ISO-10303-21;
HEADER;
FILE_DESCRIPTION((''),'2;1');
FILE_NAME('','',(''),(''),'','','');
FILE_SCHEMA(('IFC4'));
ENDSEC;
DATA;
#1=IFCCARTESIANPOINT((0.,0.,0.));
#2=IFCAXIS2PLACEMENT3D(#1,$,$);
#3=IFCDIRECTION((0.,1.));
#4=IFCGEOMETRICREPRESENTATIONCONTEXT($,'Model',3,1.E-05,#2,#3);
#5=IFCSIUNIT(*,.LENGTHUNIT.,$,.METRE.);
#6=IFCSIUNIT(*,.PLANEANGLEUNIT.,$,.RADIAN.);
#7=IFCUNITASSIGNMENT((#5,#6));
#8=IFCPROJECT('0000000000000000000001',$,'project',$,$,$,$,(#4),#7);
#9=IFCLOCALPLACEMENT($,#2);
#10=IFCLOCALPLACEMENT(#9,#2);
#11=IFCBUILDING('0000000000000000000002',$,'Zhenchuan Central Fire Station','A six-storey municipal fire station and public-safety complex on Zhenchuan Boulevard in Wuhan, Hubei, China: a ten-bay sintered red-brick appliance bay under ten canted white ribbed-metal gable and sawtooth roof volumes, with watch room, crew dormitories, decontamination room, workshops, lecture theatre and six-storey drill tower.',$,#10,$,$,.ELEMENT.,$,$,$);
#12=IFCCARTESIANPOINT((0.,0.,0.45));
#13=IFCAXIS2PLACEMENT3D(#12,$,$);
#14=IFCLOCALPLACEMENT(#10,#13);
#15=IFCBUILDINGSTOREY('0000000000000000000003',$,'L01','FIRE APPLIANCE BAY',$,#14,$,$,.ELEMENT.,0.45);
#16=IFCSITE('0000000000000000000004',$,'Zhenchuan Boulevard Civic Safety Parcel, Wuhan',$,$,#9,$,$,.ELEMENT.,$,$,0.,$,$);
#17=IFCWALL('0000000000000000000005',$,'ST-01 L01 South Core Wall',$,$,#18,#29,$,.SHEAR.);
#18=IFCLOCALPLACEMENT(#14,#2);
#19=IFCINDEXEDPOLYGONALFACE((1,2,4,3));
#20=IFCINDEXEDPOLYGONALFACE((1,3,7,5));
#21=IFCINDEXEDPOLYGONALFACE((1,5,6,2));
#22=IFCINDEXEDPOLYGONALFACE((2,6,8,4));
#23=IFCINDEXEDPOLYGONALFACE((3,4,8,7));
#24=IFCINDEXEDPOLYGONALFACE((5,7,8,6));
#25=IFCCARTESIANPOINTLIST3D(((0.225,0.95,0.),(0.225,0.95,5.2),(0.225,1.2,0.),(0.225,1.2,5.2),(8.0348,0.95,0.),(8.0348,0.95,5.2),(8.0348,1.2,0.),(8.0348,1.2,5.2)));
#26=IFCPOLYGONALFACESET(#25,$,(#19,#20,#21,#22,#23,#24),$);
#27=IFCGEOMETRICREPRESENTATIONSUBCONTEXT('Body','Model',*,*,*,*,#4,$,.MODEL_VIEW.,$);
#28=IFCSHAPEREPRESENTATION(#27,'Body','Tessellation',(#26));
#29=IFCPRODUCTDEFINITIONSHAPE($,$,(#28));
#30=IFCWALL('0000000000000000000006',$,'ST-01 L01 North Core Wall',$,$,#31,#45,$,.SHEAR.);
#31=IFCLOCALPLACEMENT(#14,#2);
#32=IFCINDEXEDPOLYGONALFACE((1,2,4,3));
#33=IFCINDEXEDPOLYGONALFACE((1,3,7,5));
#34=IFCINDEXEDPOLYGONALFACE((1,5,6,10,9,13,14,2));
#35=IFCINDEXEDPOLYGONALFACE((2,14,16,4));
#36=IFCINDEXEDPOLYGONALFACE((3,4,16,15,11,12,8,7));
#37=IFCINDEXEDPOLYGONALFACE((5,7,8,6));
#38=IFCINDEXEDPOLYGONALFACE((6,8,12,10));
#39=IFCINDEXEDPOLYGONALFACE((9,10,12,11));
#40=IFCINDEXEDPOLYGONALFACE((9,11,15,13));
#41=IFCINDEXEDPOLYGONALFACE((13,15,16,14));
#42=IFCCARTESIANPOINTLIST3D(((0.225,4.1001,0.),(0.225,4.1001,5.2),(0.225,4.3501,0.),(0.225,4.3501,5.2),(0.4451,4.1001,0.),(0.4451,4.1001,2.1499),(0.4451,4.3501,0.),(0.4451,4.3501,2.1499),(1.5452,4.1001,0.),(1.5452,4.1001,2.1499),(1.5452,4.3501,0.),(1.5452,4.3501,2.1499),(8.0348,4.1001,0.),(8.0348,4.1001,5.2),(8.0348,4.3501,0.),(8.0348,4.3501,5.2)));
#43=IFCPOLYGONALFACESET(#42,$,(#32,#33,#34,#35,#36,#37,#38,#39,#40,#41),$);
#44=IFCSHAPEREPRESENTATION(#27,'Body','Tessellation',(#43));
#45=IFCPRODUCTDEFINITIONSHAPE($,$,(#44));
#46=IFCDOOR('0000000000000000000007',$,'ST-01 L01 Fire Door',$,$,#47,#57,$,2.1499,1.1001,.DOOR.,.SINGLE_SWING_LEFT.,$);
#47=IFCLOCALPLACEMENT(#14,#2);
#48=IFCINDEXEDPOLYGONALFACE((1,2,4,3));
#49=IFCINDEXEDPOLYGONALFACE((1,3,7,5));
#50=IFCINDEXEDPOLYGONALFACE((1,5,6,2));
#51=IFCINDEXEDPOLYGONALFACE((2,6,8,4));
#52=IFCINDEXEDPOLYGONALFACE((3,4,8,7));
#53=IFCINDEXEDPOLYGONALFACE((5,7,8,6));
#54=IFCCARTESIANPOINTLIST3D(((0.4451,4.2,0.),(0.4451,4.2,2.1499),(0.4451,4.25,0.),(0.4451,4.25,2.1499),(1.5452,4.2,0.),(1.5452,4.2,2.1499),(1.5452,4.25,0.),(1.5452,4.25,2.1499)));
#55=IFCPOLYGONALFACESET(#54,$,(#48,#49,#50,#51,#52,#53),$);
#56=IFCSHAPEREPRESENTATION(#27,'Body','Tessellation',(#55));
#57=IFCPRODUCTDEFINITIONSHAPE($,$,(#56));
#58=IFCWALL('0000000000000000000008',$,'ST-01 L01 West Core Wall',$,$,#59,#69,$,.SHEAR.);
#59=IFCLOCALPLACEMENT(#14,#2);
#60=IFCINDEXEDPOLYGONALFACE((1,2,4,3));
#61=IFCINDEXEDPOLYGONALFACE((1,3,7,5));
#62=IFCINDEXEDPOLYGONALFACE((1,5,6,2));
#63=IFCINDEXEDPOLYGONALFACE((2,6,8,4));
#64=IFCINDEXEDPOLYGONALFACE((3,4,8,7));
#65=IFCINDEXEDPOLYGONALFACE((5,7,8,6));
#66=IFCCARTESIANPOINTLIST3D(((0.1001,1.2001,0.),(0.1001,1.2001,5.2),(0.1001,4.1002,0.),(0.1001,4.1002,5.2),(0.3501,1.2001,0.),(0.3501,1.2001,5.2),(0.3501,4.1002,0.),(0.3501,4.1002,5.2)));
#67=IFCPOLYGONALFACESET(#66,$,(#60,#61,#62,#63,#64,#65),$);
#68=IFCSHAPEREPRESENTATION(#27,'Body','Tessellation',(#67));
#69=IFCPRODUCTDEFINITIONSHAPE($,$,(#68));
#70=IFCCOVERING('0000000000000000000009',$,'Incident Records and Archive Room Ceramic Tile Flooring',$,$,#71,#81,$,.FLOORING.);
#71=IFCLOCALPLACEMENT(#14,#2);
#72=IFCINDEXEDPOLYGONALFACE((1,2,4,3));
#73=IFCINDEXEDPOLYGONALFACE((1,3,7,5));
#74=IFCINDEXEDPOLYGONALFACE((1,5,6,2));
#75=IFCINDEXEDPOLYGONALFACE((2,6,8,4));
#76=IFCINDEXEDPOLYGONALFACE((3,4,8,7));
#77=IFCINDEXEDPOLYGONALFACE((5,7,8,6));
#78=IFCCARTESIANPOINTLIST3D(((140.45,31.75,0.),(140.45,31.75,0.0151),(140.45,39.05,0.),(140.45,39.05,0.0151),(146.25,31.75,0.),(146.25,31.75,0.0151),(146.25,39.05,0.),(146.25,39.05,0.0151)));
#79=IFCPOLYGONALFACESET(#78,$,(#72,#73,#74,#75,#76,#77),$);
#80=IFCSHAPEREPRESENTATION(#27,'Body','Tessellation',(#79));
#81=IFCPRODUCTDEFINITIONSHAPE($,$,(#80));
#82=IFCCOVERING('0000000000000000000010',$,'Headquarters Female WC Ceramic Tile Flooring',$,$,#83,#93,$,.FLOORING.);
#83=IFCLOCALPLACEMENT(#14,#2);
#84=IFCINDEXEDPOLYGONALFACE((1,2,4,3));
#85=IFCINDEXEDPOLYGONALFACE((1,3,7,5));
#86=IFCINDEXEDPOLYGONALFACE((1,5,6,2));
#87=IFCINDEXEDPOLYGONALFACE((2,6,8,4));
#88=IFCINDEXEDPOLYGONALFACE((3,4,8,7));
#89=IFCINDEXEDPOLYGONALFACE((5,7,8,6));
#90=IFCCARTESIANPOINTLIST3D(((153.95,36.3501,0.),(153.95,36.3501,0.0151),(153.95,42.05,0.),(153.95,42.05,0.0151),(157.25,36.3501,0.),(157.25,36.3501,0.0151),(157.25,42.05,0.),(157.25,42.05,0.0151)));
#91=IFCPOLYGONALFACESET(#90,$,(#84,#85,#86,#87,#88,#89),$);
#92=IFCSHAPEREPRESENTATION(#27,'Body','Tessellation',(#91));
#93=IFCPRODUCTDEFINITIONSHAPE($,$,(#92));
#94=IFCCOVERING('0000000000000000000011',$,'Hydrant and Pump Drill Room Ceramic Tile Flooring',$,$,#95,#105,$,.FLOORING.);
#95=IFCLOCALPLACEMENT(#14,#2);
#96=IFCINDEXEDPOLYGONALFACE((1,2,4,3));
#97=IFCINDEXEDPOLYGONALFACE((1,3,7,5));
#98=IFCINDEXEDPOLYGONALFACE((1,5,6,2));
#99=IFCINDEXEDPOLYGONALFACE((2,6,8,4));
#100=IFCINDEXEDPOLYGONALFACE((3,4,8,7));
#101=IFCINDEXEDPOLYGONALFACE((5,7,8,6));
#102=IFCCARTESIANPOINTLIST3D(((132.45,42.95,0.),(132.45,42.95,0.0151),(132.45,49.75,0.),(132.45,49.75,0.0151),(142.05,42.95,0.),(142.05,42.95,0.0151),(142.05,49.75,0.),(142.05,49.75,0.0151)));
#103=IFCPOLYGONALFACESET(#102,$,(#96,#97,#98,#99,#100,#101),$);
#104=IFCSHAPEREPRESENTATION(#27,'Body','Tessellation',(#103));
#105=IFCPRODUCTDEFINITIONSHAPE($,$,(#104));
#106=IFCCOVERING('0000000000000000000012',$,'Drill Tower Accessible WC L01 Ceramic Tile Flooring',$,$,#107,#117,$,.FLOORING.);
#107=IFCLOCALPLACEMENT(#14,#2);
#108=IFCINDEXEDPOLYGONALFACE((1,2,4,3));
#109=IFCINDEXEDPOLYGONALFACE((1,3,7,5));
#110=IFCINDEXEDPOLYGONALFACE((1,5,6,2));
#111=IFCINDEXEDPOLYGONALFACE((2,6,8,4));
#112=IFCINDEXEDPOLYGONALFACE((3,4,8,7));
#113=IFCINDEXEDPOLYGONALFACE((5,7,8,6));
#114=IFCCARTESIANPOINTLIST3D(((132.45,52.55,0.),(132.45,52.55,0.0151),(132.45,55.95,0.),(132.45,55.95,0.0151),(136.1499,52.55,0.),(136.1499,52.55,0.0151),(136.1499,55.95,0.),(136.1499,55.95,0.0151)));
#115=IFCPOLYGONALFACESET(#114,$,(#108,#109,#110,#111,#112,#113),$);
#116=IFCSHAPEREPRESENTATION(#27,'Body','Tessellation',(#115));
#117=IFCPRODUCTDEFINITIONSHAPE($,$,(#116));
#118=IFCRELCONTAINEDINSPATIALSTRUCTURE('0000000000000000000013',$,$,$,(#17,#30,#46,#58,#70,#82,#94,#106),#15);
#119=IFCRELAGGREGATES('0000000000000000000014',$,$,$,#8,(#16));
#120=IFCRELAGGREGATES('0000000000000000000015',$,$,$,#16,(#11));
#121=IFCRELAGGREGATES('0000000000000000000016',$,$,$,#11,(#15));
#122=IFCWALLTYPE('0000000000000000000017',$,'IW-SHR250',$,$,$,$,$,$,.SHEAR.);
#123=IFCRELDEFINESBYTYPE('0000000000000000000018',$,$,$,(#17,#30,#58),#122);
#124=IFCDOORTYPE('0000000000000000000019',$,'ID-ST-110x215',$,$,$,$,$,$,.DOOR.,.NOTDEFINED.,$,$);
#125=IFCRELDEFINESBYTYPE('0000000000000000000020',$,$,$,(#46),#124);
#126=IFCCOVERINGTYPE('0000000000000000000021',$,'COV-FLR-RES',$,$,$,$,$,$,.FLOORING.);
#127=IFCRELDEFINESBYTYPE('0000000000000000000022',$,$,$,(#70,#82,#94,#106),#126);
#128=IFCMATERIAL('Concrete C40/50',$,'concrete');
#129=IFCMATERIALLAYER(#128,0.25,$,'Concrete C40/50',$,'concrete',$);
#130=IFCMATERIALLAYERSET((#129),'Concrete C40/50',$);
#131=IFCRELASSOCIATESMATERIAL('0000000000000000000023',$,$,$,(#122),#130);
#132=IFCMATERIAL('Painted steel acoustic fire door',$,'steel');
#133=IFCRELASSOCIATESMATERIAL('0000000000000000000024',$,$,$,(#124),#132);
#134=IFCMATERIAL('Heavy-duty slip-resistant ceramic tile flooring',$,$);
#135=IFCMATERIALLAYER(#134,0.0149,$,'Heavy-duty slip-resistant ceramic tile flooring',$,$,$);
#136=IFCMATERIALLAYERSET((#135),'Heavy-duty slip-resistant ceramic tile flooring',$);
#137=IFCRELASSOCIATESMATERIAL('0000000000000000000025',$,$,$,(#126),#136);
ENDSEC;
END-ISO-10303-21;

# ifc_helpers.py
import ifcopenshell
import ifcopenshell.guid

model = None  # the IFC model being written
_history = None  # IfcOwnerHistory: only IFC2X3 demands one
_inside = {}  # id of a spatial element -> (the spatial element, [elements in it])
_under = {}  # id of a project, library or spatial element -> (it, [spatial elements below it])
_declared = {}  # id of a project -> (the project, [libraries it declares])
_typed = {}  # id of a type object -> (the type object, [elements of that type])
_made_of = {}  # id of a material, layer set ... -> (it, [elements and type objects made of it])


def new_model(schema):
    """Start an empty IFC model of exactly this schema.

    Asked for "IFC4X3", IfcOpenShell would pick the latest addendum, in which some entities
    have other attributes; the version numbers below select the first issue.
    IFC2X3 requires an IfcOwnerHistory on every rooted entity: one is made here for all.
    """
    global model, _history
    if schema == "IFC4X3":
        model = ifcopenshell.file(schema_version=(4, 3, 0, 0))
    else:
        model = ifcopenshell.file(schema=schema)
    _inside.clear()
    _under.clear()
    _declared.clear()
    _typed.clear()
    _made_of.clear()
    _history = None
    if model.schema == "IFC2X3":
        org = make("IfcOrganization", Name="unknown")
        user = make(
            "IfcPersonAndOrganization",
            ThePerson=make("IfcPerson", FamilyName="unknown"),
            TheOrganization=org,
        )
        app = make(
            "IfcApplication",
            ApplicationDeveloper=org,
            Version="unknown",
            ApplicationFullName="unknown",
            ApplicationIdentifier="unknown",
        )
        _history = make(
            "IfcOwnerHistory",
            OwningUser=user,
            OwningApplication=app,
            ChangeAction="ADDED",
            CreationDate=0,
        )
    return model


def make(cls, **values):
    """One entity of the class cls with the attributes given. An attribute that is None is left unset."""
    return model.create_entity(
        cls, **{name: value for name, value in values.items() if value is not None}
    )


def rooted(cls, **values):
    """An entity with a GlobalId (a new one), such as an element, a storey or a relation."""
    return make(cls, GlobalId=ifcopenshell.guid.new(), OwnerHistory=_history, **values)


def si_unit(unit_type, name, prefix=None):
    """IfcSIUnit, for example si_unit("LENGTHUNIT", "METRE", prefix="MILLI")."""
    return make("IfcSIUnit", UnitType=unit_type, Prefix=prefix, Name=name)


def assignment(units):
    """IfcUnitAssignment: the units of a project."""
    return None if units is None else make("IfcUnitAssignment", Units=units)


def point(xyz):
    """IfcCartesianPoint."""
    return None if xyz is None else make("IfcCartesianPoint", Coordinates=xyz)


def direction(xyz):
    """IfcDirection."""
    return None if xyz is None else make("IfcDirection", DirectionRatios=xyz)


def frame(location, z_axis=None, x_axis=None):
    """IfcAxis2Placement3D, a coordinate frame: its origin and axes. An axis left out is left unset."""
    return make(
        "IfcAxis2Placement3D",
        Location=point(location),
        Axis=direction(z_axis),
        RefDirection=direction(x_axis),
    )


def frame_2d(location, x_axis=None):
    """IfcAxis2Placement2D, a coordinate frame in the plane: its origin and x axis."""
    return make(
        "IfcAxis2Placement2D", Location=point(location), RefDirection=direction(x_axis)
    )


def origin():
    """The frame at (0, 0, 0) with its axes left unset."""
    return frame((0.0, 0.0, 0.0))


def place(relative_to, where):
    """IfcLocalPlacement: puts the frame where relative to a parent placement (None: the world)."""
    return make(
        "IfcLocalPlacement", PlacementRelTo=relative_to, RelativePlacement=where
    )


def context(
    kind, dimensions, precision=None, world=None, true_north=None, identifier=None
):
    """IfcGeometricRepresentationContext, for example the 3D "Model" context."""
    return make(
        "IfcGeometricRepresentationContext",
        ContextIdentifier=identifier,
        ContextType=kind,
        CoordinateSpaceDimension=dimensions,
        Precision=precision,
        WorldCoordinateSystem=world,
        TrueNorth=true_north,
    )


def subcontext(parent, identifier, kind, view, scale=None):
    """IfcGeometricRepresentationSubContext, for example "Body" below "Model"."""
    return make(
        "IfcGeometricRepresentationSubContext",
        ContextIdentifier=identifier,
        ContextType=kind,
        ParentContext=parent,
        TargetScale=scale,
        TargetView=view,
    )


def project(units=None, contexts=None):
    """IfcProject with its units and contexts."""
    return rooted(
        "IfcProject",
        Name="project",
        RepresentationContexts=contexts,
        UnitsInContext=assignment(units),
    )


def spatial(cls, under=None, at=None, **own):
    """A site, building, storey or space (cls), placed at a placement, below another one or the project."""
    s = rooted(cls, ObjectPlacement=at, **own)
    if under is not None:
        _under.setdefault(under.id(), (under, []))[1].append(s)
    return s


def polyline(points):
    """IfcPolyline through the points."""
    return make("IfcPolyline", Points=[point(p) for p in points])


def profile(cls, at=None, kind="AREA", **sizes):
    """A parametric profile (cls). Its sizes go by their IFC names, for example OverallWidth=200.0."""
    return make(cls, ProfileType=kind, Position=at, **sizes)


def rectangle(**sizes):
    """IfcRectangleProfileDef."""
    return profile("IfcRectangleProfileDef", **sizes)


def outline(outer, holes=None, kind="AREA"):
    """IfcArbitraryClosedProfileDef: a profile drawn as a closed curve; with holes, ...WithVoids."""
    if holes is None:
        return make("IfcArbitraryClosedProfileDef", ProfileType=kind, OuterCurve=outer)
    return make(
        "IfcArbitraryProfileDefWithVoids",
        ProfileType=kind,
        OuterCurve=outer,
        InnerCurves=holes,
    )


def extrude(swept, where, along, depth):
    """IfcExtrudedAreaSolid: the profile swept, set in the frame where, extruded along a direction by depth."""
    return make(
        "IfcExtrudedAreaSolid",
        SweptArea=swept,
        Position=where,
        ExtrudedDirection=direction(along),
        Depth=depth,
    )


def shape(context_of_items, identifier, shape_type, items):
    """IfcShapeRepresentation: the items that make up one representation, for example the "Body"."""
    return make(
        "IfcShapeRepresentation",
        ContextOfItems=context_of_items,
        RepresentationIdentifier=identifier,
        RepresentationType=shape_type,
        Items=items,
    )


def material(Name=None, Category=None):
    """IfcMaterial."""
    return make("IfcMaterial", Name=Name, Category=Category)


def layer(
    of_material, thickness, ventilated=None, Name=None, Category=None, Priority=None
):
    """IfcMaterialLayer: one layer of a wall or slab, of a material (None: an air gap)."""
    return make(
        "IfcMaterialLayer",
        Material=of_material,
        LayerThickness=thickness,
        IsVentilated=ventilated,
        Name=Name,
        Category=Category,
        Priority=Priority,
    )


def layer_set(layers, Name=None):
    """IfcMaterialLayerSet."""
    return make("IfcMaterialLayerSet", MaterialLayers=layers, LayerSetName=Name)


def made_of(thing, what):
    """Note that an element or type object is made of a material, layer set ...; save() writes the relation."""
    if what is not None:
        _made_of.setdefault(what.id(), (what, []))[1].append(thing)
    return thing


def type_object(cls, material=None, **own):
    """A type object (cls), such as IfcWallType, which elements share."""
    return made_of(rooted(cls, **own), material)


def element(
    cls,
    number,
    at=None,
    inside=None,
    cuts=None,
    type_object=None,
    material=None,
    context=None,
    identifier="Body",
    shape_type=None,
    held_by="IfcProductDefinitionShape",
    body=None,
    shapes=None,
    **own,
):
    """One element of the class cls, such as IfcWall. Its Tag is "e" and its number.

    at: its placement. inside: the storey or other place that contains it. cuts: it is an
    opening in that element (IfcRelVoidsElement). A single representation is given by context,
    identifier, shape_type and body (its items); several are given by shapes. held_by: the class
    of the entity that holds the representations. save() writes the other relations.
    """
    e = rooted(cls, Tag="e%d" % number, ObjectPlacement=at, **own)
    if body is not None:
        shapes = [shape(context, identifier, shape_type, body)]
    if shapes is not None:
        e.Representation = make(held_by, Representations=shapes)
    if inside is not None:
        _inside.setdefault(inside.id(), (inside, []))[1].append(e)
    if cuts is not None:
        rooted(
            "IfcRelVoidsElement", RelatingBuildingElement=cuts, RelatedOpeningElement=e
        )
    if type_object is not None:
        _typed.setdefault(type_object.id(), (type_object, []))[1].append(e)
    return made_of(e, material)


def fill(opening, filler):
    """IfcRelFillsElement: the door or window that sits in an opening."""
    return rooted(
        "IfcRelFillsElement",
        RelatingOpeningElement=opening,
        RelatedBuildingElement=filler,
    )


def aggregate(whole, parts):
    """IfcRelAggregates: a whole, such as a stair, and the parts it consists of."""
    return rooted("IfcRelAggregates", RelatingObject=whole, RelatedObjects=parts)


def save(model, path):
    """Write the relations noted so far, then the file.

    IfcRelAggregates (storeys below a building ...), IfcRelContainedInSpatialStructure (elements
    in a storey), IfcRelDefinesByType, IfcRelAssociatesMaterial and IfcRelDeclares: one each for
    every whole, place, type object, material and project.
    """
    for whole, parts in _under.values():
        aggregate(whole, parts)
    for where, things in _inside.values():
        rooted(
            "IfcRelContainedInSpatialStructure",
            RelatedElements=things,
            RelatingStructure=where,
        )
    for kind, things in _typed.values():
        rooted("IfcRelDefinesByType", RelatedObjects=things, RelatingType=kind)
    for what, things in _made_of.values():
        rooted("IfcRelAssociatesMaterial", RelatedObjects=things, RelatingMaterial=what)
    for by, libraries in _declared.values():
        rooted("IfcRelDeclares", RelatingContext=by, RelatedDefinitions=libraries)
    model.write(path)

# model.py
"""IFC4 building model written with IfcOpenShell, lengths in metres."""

from ifc_helpers import new_model, si_unit, direction, frame, frame_2d, origin, place, context, subcontext, project, spatial, polyline, rectangle, outline, extrude, material, layer, layer_set, type_object, element, fill, save


model = new_model("IFC4")

# Units and contexts
model_context = context("Model", 3, precision=1e-05, world=origin(), true_north=direction((0.0, 1.0)))
body_context = subcontext(model_context, "Body", "Model", "MODEL_VIEW")
ifc_project = project(units=[si_unit("LENGTHUNIT", "METRE"), si_unit("PLANEANGLEUNIT", "RADIAN")], contexts=[model_context])

# Site, building, storey
site_placement = place(None, origin())
site = spatial("IfcSite", under=ifc_project, at=site_placement, Name="Zhenchuan Boulevard Civic Safety Parcel, Wuhan", CompositionType="ELEMENT", RefElevation=0.0)
building_placement = place(site_placement, origin())
building = spatial("IfcBuilding", under=site, at=building_placement, Name="Zhenchuan Central Fire Station", Description="A six-storey municipal fire station and public-safety complex on Zhenchuan Boulevard in Wuhan, Hubei, China: a ten-bay sintered red-brick appliance bay under ten canted white ribbed-metal gable and sawtooth roof volumes, with watch room, crew dormitories, decontamination room, workshops, lecture theatre and six-storey drill tower.", CompositionType="ELEMENT")
storey_placement = place(building_placement, frame((0.0, 0.0, 0.45)))
storey = spatial("IfcBuildingStorey", under=building, at=storey_placement, Name="L01", Description="FIRE APPLIANCE BAY", CompositionType="ELEMENT", Elevation=0.45)

# Shared definitions
ifc_material_1 = material(Name="Concrete C40/50", Category="concrete")

# Wall
ifc_layer_1 = layer(ifc_material_1, 0.25, Name="Concrete C40/50", Category="concrete")
ifc_layer_set_1 = layer_set([ifc_layer_1], Name="Concrete C40/50")
wall_type_1 = type_object("IfcWallType", Name="IW-SHR250", PredefinedType="SHEAR", material=ifc_layer_set_1)
wall_1_placement = place(storey_placement, frame((0.2251, 1.075, 0.0), z_axis=(0.0, 0.0, 1.0), x_axis=(1.0, 0.0, 0.0)))
element("IfcWall", 1, at=wall_1_placement, inside=storey, type_object=wall_type_1, Name="ST-01 L01 South Core Wall", PredefinedType="SHEAR", context=body_context, shape_type="SweptSolid", body=[
    extrude(rectangle(XDim=7.8098, YDim=0.25, at=frame_2d((3.9048, 0.0))), origin(), (0.0, 0.0, 1.0), 5.2),
])

# Wall, opening, door
wall_2_placement = place(storey_placement, frame((0.2251, 4.2251, 0.0), z_axis=(0.0, 0.0, 1.0), x_axis=(1.0, 0.0, 0.0)))
wall_2 = element("IfcWall", 2, at=wall_2_placement, inside=storey, type_object=wall_type_1, Name="ST-01 L01 North Core Wall", PredefinedType="SHEAR", context=body_context, shape_type="SweptSolid", body=[
    extrude(rectangle(XDim=7.8098, YDim=0.25, at=frame_2d((3.9048, 0.0))), origin(), (0.0, 0.0, 1.0), 5.2),
])
opening_1_placement = place(wall_2_placement, frame((0.22, 0.0, 0.0)))
opening_1 = element("IfcOpeningElement", 3, at=opening_1_placement, cuts=wall_2, PredefinedType="OPENING", context=body_context, shape_type="SweptSolid", body=[
    extrude(rectangle(XDim=1.1001, YDim=2.1499, at=frame_2d((0.55, 1.075))), frame((0.0, 0.135, 0.0), z_axis=(0.0, -1.0, 0.0), x_axis=(1.0, 0.0, 0.0)), (0.0, 0.0, 1.0), 0.27),
])
ifc_material_2 = material(Name="Painted steel acoustic fire door", Category="steel")
door_type_1 = type_object("IfcDoorType", Name="ID-ST-110x215", OperationType="NOTDEFINED", PredefinedType="DOOR", material=ifc_material_2)
door_1_placement = place(opening_1_placement, origin())
door_1 = element("IfcDoor", 4, at=door_1_placement, inside=storey, type_object=door_type_1, Name="ST-01 L01 Fire Door", OperationType="SINGLE_SWING_LEFT", OverallHeight=2.1499, OverallWidth=1.1001, PredefinedType="DOOR", context=body_context, shape_type="SweptSolid", body=[
    extrude(rectangle(XDim=1.1001, YDim=2.1499, at=frame_2d((0.55, 1.075))), frame((0.0, 0.0249, 0.0), z_axis=(0.0, -1.0, 0.0), x_axis=(1.0, 0.0, 0.0)), (0.0, 0.0, 1.0), 0.05),
])
fill(opening_1, door_1)

# Wall
wall_3_placement = place(storey_placement, frame((0.2251, 1.2, 0.0), z_axis=(0.0, 0.0, 1.0), x_axis=(0.0, 1.0, 0.0)))
element("IfcWall", 5, at=wall_3_placement, inside=storey, type_object=wall_type_1, Name="ST-01 L01 West Core Wall", PredefinedType="SHEAR", context=body_context, shape_type="SweptSolid", body=[
    extrude(rectangle(XDim=2.9001, YDim=0.25, at=frame_2d((1.4502, 0.0))), origin(), (0.0, 0.0, 1.0), 5.2),
])

# Coverings
ifc_material_3 = material(Name="Heavy-duty slip-resistant ceramic tile flooring")
ifc_layer_2 = layer(ifc_material_3, 0.0149, Name="Heavy-duty slip-resistant ceramic tile flooring")
ifc_layer_set_2 = layer_set([ifc_layer_2], Name="Heavy-duty slip-resistant ceramic tile flooring")
covering_type = type_object("IfcCoveringType", Name="COV-FLR-RES", PredefinedType="FLOORING", material=ifc_layer_set_2)
covering_1_placement = place(storey_placement, origin())
element("IfcCovering", 6, at=covering_1_placement, inside=storey, type_object=covering_type, Name="Incident Records and Archive Room Ceramic Tile Flooring", PredefinedType="FLOORING", context=body_context, shape_type="SweptSolid", body=[
    extrude(outline(polyline([(140.45, 31.75), (146.25, 31.75), (146.25, 39.05), (140.45, 39.05), (140.45, 31.75)])), origin(), (0.0, 0.0, 1.0), 0.0151),
])
covering_2_placement = place(storey_placement, origin())
element("IfcCovering", 7, at=covering_2_placement, inside=storey, type_object=covering_type, Name="Headquarters Female WC Ceramic Tile Flooring", PredefinedType="FLOORING", context=body_context, shape_type="SweptSolid", body=[
    extrude(outline(polyline([(153.95, 36.3501), (157.25, 36.3501), (157.25, 42.05), (153.95, 42.05), (153.95, 36.3501)])), origin(), (0.0, 0.0, 1.0), 0.0151),
])
covering_3_placement = place(storey_placement, origin())
element("IfcCovering", 8, at=covering_3_placement, inside=storey, type_object=covering_type, Name="Hydrant and Pump Drill Room Ceramic Tile Flooring", PredefinedType="FLOORING", context=body_context, shape_type="SweptSolid", body=[
    extrude(outline(polyline([(132.45, 42.95), (142.05, 42.95), (142.05, 49.75), (132.45, 49.75), (132.45, 42.95)])), origin(), (0.0, 0.0, 1.0), 0.0151),
])
covering_4_placement = place(storey_placement, origin())
element("IfcCovering", 9, at=covering_4_placement, inside=storey, type_object=covering_type, Name="Drill Tower Accessible WC L01 Ceramic Tile Flooring", PredefinedType="FLOORING", context=body_context, shape_type="SweptSolid", body=[
    extrude(outline(polyline([(132.45, 52.55), (136.1499, 52.55), (136.1499, 55.95), (132.45, 55.95), (132.45, 52.55)])), origin(), (0.0, 0.0, 1.0), 0.0151),
])

save(model, "model.ifc")
